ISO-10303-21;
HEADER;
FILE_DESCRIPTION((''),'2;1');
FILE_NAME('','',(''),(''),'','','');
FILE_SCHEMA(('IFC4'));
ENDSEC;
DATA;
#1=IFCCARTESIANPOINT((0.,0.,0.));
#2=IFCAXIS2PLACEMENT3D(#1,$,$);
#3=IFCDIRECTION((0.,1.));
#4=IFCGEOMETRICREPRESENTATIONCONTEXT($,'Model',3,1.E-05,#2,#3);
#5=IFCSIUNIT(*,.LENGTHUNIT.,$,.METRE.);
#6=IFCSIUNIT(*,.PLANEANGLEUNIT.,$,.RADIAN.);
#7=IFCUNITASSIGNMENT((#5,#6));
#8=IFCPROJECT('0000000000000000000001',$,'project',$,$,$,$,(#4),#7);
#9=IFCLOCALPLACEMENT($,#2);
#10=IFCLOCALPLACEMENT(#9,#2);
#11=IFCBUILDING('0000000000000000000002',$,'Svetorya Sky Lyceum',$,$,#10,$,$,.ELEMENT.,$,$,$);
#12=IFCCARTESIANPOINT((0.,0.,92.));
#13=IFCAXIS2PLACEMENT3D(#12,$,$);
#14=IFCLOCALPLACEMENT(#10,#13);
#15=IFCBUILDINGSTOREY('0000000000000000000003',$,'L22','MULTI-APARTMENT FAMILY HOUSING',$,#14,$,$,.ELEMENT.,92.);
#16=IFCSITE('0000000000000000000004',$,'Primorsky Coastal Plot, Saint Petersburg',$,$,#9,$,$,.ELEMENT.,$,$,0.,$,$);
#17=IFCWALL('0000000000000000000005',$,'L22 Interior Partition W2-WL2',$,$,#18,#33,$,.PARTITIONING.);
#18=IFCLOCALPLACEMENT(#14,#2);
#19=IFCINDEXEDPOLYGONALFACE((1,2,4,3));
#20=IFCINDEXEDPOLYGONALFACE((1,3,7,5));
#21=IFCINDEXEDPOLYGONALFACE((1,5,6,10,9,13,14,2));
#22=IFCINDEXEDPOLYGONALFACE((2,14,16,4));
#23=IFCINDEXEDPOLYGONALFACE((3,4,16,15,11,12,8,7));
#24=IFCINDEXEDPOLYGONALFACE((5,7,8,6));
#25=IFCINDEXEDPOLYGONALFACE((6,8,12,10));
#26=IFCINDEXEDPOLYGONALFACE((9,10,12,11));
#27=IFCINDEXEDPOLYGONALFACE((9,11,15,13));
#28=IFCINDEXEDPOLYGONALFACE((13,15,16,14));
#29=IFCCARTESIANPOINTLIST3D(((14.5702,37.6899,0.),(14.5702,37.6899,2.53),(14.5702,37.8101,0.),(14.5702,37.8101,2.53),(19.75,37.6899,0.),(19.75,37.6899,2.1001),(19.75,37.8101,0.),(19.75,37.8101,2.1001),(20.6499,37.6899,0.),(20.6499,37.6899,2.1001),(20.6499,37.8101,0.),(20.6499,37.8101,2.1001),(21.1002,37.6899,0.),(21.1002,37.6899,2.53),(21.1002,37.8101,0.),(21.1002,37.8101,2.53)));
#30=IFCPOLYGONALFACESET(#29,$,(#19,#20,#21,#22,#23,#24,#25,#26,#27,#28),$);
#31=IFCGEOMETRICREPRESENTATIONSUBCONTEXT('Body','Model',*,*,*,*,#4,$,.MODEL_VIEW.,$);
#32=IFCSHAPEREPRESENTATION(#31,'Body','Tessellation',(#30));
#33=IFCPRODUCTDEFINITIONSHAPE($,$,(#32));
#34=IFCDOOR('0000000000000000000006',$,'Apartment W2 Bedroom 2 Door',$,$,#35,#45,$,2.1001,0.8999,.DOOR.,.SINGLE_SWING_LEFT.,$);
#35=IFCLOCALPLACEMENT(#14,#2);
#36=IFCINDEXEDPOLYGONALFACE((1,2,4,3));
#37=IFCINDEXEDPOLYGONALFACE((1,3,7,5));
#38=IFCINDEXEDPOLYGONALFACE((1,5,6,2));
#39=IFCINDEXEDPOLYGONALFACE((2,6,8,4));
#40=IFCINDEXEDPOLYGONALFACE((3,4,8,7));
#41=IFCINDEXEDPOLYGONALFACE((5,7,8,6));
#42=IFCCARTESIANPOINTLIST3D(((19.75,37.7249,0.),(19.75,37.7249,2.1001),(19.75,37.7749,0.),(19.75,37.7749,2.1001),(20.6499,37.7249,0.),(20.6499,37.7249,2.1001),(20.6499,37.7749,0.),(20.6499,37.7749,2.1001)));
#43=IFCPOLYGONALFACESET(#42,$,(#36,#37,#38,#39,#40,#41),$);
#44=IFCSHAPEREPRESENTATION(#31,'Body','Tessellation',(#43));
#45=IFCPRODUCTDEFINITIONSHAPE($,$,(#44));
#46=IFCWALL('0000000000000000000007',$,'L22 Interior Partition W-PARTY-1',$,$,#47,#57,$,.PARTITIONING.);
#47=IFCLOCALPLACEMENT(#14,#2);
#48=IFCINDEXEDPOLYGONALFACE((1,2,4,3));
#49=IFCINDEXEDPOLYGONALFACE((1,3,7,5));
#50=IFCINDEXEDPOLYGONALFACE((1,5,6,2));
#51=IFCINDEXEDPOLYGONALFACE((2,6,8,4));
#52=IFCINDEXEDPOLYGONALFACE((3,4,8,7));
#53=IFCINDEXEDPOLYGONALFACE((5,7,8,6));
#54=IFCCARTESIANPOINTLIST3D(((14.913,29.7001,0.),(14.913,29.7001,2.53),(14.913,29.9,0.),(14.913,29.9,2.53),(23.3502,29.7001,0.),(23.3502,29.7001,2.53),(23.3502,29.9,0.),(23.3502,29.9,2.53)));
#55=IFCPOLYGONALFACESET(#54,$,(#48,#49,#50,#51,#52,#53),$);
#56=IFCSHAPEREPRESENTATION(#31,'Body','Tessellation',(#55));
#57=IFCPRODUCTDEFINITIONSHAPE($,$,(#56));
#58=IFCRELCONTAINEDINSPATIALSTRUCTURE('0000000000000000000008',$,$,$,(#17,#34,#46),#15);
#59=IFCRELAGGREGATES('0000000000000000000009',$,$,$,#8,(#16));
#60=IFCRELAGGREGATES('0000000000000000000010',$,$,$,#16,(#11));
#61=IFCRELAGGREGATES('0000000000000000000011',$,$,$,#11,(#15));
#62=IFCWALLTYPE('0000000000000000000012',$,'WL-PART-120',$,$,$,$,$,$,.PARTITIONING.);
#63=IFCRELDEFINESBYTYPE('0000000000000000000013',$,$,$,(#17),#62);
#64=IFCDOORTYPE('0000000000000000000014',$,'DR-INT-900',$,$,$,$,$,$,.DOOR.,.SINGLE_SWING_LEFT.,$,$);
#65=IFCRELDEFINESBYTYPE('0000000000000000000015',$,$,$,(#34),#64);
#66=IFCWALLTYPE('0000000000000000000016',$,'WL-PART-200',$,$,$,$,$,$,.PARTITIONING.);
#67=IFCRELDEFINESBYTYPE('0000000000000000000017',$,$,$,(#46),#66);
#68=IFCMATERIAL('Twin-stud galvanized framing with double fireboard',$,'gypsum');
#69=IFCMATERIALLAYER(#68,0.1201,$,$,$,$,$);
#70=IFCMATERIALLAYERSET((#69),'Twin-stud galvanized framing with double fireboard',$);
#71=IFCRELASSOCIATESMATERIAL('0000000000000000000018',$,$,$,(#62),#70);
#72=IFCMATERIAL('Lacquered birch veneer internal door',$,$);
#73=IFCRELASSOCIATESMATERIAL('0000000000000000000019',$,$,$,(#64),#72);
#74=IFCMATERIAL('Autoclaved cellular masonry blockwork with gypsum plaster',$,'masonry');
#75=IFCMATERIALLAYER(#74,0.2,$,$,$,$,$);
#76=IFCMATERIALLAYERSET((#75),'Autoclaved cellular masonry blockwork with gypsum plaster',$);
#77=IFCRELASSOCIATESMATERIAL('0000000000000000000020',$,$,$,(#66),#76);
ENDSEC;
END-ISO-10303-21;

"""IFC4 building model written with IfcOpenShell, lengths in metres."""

from ifc_helpers import new_model, si_unit, direction, frame, frame_2d, origin, place, context, subcontext, project, spatial, rectangle, extrude, material, layer, layer_set, type_object, element, fill, save


model = new_model("IFC4")

# Units and contexts
model_context = context("Model", 3, precision=1e-05, world=origin(), true_north=direction((0.0, 1.0)))
body_context = subcontext(model_context, "Body", "Model", "MODEL_VIEW")
ifc_project = project(units=[si_unit("LENGTHUNIT", "METRE"), si_unit("PLANEANGLEUNIT", "RADIAN")], contexts=[model_context])

# Site, building, storey
site_placement = place(None, origin())
site = spatial("IfcSite", under=ifc_project, at=site_placement, Name="Primorsky Coastal Plot, Saint Petersburg", CompositionType="ELEMENT", RefElevation=0.0)
building_placement = place(site_placement, origin())
building = spatial("IfcBuilding", under=site, at=building_placement, Name="Svetorya Sky Lyceum", CompositionType="ELEMENT")
storey_placement = place(building_placement, frame((0.0, 0.0, 92.0)))
storey = spatial("IfcBuildingStorey", under=building, at=storey_placement, Name="L22", Description="MULTI-APARTMENT FAMILY HOUSING", CompositionType="ELEMENT", Elevation=92.0)

# Wall, opening, door
ifc_material_1 = material(Name="Twin-stud galvanized framing with double fireboard", Category="gypsum")
ifc_layer_1 = layer(ifc_material_1, 0.1201)
ifc_layer_set_1 = layer_set([ifc_layer_1], Name="Twin-stud galvanized framing with double fireboard")
wall_type_1 = type_object("IfcWallType", Name="WL-PART-120", PredefinedType="PARTITIONING", material=ifc_layer_set_1)
ifc_material_2 = material(Name="Lacquered birch veneer internal door")
door_type_1 = type_object("IfcDoorType", Name="DR-INT-900", OperationType="SINGLE_SWING_LEFT", PredefinedType="DOOR", material=ifc_material_2)
wall_1_placement = place(storey_placement, frame((14.5701, 37.75, 0.0), z_axis=(0.0, 0.0, 1.0), x_axis=(1.0, 0.0, 0.0)))
wall_1 = element("IfcWall", 1, at=wall_1_placement, inside=storey, type_object=wall_type_1, Name="L22 Interior Partition W2-WL2", PredefinedType="PARTITIONING", context=body_context, shape_type="SweptSolid", body=[
    extrude(rectangle(XDim=6.53, YDim=0.1201, at=frame_2d((3.2651, 0.0))), origin(), (0.0, 0.0, 1.0), 2.53),
])
opening_1_placement = place(wall_1_placement, frame((5.1799, 0.0, 0.0)))
opening_1 = element("IfcOpeningElement", 2, at=opening_1_placement, cuts=wall_1, PredefinedType="OPENING", context=body_context, shape_type="SweptSolid", body=[
    extrude(rectangle(XDim=0.8999, YDim=2.1001, at=frame_2d((0.45, 1.05))), frame((0.0, 0.0701, 0.0), z_axis=(0.0, -1.0, 0.0), x_axis=(1.0, 0.0, 0.0)), (0.0, 0.0, 1.0), 0.1401),
])
door_1_placement = place(opening_1_placement, origin())
door_1 = element("IfcDoor", 3, at=door_1_placement, inside=storey, type_object=door_type_1, Name="Apartment W2 Bedroom 2 Door", OperationType="SINGLE_SWING_LEFT", OverallHeight=2.1001, OverallWidth=0.8999, PredefinedType="DOOR", context=body_context, shape_type="SweptSolid", body=[
    extrude(rectangle(XDim=0.8999, YDim=2.1001, at=frame_2d((0.45, 1.05))), frame((0.0, 0.0249, 0.0), z_axis=(0.0, -1.0, 0.0), x_axis=(1.0, 0.0, 0.0)), (0.0, 0.0, 1.0), 0.05),
])
fill(opening_1, door_1)

# Wall
ifc_material_3 = material(Name="Autoclaved cellular masonry blockwork with gypsum plaster", Category="masonry")
ifc_layer_2 = layer(ifc_material_3, 0.2)
ifc_layer_set_2 = layer_set([ifc_layer_2], Name="Autoclaved cellular masonry blockwork with gypsum plaster")
wall_type_2 = type_object("IfcWallType", Name="WL-PART-200", PredefinedType="PARTITIONING", material=ifc_layer_set_2)
wall_2_placement = place(storey_placement, frame((14.9128, 29.8, 0.0), z_axis=(0.0, 0.0, 1.0), x_axis=(1.0, 0.0, 0.0)))
element("IfcWall", 4, at=wall_2_placement, inside=storey, type_object=wall_type_2, Name="L22 Interior Partition W-PARTY-1", PredefinedType="PARTITIONING", context=body_context, shape_type="SweptSolid", body=[
    extrude(rectangle(XDim=8.4373, YDim=0.2, at=frame_2d((4.2188, 0.0))), origin(), (0.0, 0.0, 1.0), 2.53),
])

save(model, "model.ifc")
